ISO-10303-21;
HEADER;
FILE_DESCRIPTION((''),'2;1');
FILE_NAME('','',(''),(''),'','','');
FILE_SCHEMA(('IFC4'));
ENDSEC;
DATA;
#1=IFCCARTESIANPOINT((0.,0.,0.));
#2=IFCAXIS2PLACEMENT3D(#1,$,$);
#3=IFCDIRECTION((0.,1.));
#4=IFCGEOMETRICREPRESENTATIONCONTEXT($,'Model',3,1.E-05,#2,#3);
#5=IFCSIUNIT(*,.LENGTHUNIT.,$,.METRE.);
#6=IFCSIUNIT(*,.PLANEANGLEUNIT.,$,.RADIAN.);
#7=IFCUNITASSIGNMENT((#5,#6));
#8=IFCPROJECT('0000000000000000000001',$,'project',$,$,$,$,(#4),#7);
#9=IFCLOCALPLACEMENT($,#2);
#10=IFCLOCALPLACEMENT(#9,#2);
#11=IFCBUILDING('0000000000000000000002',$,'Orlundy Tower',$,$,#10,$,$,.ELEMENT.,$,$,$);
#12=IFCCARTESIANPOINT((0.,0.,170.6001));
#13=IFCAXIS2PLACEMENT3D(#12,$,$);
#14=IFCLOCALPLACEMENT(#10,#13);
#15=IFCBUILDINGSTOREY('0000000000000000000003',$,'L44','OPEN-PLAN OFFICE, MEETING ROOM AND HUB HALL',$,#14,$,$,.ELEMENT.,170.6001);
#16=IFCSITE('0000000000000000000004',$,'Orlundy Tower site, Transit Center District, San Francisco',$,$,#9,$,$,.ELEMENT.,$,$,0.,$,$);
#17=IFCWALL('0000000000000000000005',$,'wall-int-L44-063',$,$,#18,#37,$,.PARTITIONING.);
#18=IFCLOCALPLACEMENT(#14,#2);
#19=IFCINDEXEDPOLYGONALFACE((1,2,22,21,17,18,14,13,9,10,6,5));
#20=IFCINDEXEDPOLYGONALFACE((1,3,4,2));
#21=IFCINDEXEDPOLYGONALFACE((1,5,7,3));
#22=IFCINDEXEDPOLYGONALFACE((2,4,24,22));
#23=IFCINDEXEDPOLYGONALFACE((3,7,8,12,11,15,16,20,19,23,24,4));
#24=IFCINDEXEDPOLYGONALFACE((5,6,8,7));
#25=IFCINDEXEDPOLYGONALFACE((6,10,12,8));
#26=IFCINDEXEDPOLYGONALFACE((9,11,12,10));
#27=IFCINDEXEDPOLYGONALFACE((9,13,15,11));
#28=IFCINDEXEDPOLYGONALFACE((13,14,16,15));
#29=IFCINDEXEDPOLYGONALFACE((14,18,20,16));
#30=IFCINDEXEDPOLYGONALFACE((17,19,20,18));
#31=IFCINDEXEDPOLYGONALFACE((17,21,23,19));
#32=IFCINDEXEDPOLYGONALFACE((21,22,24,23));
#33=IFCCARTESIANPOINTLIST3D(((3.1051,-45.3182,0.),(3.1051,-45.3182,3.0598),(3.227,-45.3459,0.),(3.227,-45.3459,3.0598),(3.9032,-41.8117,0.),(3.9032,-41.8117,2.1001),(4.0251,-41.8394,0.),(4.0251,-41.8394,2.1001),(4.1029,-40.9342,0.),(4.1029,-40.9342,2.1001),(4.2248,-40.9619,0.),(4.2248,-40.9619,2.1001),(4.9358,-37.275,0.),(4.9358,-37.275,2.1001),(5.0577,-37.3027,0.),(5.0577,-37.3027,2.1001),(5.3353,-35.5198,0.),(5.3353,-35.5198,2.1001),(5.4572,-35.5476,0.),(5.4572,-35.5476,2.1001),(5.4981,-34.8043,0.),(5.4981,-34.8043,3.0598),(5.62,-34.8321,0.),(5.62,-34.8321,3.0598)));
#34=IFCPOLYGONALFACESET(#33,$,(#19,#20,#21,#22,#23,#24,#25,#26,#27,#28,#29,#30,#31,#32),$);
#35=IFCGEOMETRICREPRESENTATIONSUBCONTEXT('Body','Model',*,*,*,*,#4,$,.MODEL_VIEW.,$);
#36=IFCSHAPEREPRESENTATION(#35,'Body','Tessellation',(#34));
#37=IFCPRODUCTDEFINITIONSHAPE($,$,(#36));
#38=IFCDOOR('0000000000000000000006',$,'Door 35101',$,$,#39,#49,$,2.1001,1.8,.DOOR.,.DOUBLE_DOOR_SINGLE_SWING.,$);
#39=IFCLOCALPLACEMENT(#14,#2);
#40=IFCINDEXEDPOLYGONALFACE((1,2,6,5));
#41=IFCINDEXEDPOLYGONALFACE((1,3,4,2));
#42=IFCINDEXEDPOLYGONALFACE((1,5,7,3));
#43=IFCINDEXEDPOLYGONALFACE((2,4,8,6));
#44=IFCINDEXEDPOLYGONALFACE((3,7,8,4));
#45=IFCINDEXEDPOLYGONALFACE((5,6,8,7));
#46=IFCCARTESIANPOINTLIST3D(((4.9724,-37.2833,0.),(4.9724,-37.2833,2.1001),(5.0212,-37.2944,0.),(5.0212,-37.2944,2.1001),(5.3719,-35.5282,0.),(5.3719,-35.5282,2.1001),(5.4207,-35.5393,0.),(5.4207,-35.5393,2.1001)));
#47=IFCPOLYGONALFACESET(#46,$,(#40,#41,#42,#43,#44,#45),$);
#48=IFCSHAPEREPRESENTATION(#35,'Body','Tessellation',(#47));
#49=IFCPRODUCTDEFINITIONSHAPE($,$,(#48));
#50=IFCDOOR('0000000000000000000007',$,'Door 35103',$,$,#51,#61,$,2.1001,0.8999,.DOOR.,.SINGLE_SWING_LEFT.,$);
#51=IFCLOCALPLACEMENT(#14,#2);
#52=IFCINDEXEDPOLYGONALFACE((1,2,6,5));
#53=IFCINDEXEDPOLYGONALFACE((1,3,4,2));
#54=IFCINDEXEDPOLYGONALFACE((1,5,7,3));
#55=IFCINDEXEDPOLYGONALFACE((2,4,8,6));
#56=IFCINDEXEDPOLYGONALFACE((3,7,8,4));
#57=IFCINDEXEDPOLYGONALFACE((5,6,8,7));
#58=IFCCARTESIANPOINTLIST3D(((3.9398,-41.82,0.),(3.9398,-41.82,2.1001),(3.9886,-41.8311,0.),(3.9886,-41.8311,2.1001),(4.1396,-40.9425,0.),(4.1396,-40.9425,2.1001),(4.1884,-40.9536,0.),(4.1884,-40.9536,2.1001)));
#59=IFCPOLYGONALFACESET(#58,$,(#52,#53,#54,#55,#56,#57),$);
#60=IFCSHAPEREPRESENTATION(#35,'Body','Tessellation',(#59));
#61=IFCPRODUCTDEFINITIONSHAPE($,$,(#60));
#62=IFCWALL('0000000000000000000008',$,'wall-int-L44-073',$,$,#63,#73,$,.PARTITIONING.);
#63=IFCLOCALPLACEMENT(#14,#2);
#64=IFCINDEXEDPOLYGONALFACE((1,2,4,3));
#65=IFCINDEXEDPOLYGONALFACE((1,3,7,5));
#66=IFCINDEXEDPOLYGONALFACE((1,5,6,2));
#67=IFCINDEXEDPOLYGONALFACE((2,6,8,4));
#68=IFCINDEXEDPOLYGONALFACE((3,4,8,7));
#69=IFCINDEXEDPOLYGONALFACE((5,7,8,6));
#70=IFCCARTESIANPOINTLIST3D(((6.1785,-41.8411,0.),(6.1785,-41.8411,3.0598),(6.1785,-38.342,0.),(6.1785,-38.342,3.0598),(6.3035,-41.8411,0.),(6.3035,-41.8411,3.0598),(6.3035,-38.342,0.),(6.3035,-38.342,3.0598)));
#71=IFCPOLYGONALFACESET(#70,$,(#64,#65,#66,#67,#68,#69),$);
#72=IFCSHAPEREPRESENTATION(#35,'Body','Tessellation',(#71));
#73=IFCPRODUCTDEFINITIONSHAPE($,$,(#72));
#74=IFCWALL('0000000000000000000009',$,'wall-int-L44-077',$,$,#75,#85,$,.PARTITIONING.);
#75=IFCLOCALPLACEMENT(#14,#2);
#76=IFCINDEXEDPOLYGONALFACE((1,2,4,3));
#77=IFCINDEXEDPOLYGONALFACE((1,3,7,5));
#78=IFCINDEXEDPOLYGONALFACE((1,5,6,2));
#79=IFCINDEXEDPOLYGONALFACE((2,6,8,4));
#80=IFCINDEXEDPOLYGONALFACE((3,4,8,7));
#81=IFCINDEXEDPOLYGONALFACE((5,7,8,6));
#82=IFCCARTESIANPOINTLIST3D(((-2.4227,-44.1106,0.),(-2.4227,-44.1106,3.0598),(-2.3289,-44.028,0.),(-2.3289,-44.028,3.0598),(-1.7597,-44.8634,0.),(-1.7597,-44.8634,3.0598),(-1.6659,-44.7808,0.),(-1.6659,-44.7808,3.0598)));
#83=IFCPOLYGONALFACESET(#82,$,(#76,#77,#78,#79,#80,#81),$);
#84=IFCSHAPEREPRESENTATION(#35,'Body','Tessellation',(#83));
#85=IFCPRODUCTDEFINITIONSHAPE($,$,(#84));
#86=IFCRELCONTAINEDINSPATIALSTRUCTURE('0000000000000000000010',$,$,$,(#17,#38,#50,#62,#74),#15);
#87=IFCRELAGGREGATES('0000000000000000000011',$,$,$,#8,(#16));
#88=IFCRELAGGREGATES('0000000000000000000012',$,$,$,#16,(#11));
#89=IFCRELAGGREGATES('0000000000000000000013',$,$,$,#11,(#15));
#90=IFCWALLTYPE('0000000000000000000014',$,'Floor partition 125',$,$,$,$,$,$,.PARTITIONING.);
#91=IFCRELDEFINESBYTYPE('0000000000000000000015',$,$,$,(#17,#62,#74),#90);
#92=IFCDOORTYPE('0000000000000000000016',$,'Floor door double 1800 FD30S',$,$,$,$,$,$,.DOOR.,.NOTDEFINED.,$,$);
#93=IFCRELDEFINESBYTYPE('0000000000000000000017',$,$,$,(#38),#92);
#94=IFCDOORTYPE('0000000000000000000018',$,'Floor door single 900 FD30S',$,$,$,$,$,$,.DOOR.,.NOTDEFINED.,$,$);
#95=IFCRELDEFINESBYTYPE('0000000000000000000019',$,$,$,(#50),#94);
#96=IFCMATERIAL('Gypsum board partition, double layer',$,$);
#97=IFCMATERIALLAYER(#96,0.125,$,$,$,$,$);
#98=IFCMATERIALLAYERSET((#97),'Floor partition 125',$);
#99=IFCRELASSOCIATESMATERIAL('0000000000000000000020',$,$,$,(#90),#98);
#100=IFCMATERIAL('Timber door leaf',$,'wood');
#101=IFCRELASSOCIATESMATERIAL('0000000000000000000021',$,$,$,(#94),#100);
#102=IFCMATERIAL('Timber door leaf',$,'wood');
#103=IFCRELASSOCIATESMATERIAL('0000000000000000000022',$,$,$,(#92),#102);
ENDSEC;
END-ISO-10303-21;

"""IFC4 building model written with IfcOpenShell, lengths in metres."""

from ifc_helpers import new_model, si_unit, direction, frame, frame_2d, origin, place, context, subcontext, project, spatial, rectangle, extrude, material, layer, layer_set, type_object, element, fill, save


model = new_model("IFC4")

# Units and contexts
model_context = context("Model", 3, precision=1e-05, world=origin(), true_north=direction((0.0, 1.0)))
body_context = subcontext(model_context, "Body", "Model", "MODEL_VIEW")
ifc_project = project(units=[si_unit("LENGTHUNIT", "METRE"), si_unit("PLANEANGLEUNIT", "RADIAN")], contexts=[model_context])

# Site, building, storey
site_placement = place(None, origin())
site = spatial("IfcSite", under=ifc_project, at=site_placement, Name="Orlundy Tower site, Transit Center District, San Francisco", CompositionType="ELEMENT", RefElevation=0.0)
building_placement = place(site_placement, origin())
building = spatial("IfcBuilding", under=site, at=building_placement, Name="Orlundy Tower", CompositionType="ELEMENT")
storey_placement = place(building_placement, frame((0.0, 0.0, 170.6001)))
storey = spatial("IfcBuildingStorey", under=building, at=storey_placement, Name="L44", Description="OPEN-PLAN OFFICE, MEETING ROOM AND HUB HALL", CompositionType="ELEMENT", Elevation=170.6001)

# Shared definitions
ifc_material_1 = material(Name="Gypsum board partition, double layer")
ifc_layer_1 = layer(ifc_material_1, 0.125)
ifc_layer_set_1 = layer_set([ifc_layer_1], Name="Floor partition 125")
wall_type_1 = type_object("IfcWallType", Name="Floor partition 125", PredefinedType="PARTITIONING", material=ifc_layer_set_1)

# Shared definitions
ifc_material_2 = material(Name="Timber door leaf", Category="wood")
door_type_1 = type_object("IfcDoorType", Name="Floor door single 900 FD30S", OperationType="NOTDEFINED", PredefinedType="DOOR", material=ifc_material_2)

# Wall, openings, doors
wall_1_placement = place(storey_placement, frame((3.166, -45.332, 0.0), z_axis=(0.0, 0.0, 1.0), x_axis=(0.221933, 0.975062, 0.0)))
wall_1 = element("IfcWall", 1, at=wall_1_placement, inside=storey, type_object=wall_type_1, Name="wall-int-L44-063", PredefinedType="PARTITIONING", context=body_context, shape_type="SweptSolid", body=[
    extrude(rectangle(XDim=10.7827, YDim=0.125, at=frame_2d((5.3914, 0.0))), origin(), (0.0, 0.0, 1.0), 3.0598),
])
opening_1_placement = place(wall_1_placement, frame((8.249, 0.0, 0.0)))
opening_1 = element("IfcOpeningElement", 2, at=opening_1_placement, cuts=wall_1, PredefinedType="OPENING", context=body_context, shape_type="SweptSolid", body=[
    extrude(rectangle(XDim=1.8, YDim=2.1001, at=frame_2d((0.8999, 1.05))), frame((0.0, 0.0725, 0.0), z_axis=(0.0, -1.0, 0.0), x_axis=(1.0, 0.0, 0.0)), (0.0, 0.0, 1.0), 0.145),
])
opening_2_placement = place(wall_1_placement, frame((3.5962, 0.0, 0.0)))
opening_2 = element("IfcOpeningElement", 3, at=opening_2_placement, cuts=wall_1, PredefinedType="OPENING", context=body_context, shape_type="SweptSolid", body=[
    extrude(rectangle(XDim=0.8999, YDim=2.1001, at=frame_2d((0.45, 1.05))), frame((0.0, 0.0725, 0.0), z_axis=(0.0, -1.0, 0.0), x_axis=(1.0, 0.0, 0.0)), (0.0, 0.0, 1.0), 0.145),
])
ifc_material_3 = material(Name="Timber door leaf", Category="wood")
door_type_2 = type_object("IfcDoorType", Name="Floor door double 1800 FD30S", OperationType="NOTDEFINED", PredefinedType="DOOR", material=ifc_material_3)
door_1_placement = place(opening_1_placement, origin())
door_1 = element("IfcDoor", 4, at=door_1_placement, inside=storey, type_object=door_type_2, Name="Door 35101", OperationType="DOUBLE_DOOR_SINGLE_SWING", OverallHeight=2.1001, OverallWidth=1.8, PredefinedType="DOOR", context=body_context, shape_type="SweptSolid", body=[
    extrude(rectangle(XDim=1.8, YDim=2.1001, at=frame_2d((0.8999, 1.05))), frame((0.0, 0.0249, 0.0), z_axis=(0.0, -1.0, 0.0), x_axis=(1.0, 0.0, 0.0)), (0.0, 0.0, 1.0), 0.05),
])
fill(opening_1, door_1)
door_2_placement = place(opening_2_placement, origin())
door_2 = element("IfcDoor", 5, at=door_2_placement, inside=storey, type_object=door_type_1, Name="Door 35103", OperationType="SINGLE_SWING_LEFT", OverallHeight=2.1001, OverallWidth=0.8999, PredefinedType="DOOR", context=body_context, shape_type="SweptSolid", body=[
    extrude(rectangle(XDim=0.8999, YDim=2.1001, at=frame_2d((0.45, 1.05))), frame((0.0, 0.0249, 0.0), z_axis=(0.0, -1.0, 0.0), x_axis=(1.0, 0.0, 0.0)), (0.0, 0.0, 1.0), 0.05),
])
fill(opening_2, door_2)

# Walls
wall_2_placement = place(storey_placement, frame((6.241, -41.8411, 0.0), z_axis=(0.0, 0.0, 1.0), x_axis=(0.0, 1.0, 0.0)))
element("IfcWall", 6, at=wall_2_placement, inside=storey, type_object=wall_type_1, Name="wall-int-L44-073", PredefinedType="PARTITIONING", context=body_context, shape_type="SweptSolid", body=[
    extrude(rectangle(XDim=3.499, YDim=0.125, at=frame_2d((1.7495, 0.0))), origin(), (0.0, 0.0, 1.0), 3.0598),
])
wall_3_placement = place(storey_placement, frame((-1.7129, -44.822, 0.0), z_axis=(0.0, 0.0, 1.0), x_axis=(-0.660913, 0.750462, 0.0)))
element("IfcWall", 7, at=wall_3_placement, inside=storey, type_object=wall_type_1, Name="wall-int-L44-077", PredefinedType="PARTITIONING", context=body_context, shape_type="SweptSolid", body=[
    extrude(rectangle(XDim=1.0032, YDim=0.125, at=frame_2d((0.5015, 0.0))), origin(), (0.0, 0.0, 1.0), 3.0598),
])

save(model, "model.ifc")
